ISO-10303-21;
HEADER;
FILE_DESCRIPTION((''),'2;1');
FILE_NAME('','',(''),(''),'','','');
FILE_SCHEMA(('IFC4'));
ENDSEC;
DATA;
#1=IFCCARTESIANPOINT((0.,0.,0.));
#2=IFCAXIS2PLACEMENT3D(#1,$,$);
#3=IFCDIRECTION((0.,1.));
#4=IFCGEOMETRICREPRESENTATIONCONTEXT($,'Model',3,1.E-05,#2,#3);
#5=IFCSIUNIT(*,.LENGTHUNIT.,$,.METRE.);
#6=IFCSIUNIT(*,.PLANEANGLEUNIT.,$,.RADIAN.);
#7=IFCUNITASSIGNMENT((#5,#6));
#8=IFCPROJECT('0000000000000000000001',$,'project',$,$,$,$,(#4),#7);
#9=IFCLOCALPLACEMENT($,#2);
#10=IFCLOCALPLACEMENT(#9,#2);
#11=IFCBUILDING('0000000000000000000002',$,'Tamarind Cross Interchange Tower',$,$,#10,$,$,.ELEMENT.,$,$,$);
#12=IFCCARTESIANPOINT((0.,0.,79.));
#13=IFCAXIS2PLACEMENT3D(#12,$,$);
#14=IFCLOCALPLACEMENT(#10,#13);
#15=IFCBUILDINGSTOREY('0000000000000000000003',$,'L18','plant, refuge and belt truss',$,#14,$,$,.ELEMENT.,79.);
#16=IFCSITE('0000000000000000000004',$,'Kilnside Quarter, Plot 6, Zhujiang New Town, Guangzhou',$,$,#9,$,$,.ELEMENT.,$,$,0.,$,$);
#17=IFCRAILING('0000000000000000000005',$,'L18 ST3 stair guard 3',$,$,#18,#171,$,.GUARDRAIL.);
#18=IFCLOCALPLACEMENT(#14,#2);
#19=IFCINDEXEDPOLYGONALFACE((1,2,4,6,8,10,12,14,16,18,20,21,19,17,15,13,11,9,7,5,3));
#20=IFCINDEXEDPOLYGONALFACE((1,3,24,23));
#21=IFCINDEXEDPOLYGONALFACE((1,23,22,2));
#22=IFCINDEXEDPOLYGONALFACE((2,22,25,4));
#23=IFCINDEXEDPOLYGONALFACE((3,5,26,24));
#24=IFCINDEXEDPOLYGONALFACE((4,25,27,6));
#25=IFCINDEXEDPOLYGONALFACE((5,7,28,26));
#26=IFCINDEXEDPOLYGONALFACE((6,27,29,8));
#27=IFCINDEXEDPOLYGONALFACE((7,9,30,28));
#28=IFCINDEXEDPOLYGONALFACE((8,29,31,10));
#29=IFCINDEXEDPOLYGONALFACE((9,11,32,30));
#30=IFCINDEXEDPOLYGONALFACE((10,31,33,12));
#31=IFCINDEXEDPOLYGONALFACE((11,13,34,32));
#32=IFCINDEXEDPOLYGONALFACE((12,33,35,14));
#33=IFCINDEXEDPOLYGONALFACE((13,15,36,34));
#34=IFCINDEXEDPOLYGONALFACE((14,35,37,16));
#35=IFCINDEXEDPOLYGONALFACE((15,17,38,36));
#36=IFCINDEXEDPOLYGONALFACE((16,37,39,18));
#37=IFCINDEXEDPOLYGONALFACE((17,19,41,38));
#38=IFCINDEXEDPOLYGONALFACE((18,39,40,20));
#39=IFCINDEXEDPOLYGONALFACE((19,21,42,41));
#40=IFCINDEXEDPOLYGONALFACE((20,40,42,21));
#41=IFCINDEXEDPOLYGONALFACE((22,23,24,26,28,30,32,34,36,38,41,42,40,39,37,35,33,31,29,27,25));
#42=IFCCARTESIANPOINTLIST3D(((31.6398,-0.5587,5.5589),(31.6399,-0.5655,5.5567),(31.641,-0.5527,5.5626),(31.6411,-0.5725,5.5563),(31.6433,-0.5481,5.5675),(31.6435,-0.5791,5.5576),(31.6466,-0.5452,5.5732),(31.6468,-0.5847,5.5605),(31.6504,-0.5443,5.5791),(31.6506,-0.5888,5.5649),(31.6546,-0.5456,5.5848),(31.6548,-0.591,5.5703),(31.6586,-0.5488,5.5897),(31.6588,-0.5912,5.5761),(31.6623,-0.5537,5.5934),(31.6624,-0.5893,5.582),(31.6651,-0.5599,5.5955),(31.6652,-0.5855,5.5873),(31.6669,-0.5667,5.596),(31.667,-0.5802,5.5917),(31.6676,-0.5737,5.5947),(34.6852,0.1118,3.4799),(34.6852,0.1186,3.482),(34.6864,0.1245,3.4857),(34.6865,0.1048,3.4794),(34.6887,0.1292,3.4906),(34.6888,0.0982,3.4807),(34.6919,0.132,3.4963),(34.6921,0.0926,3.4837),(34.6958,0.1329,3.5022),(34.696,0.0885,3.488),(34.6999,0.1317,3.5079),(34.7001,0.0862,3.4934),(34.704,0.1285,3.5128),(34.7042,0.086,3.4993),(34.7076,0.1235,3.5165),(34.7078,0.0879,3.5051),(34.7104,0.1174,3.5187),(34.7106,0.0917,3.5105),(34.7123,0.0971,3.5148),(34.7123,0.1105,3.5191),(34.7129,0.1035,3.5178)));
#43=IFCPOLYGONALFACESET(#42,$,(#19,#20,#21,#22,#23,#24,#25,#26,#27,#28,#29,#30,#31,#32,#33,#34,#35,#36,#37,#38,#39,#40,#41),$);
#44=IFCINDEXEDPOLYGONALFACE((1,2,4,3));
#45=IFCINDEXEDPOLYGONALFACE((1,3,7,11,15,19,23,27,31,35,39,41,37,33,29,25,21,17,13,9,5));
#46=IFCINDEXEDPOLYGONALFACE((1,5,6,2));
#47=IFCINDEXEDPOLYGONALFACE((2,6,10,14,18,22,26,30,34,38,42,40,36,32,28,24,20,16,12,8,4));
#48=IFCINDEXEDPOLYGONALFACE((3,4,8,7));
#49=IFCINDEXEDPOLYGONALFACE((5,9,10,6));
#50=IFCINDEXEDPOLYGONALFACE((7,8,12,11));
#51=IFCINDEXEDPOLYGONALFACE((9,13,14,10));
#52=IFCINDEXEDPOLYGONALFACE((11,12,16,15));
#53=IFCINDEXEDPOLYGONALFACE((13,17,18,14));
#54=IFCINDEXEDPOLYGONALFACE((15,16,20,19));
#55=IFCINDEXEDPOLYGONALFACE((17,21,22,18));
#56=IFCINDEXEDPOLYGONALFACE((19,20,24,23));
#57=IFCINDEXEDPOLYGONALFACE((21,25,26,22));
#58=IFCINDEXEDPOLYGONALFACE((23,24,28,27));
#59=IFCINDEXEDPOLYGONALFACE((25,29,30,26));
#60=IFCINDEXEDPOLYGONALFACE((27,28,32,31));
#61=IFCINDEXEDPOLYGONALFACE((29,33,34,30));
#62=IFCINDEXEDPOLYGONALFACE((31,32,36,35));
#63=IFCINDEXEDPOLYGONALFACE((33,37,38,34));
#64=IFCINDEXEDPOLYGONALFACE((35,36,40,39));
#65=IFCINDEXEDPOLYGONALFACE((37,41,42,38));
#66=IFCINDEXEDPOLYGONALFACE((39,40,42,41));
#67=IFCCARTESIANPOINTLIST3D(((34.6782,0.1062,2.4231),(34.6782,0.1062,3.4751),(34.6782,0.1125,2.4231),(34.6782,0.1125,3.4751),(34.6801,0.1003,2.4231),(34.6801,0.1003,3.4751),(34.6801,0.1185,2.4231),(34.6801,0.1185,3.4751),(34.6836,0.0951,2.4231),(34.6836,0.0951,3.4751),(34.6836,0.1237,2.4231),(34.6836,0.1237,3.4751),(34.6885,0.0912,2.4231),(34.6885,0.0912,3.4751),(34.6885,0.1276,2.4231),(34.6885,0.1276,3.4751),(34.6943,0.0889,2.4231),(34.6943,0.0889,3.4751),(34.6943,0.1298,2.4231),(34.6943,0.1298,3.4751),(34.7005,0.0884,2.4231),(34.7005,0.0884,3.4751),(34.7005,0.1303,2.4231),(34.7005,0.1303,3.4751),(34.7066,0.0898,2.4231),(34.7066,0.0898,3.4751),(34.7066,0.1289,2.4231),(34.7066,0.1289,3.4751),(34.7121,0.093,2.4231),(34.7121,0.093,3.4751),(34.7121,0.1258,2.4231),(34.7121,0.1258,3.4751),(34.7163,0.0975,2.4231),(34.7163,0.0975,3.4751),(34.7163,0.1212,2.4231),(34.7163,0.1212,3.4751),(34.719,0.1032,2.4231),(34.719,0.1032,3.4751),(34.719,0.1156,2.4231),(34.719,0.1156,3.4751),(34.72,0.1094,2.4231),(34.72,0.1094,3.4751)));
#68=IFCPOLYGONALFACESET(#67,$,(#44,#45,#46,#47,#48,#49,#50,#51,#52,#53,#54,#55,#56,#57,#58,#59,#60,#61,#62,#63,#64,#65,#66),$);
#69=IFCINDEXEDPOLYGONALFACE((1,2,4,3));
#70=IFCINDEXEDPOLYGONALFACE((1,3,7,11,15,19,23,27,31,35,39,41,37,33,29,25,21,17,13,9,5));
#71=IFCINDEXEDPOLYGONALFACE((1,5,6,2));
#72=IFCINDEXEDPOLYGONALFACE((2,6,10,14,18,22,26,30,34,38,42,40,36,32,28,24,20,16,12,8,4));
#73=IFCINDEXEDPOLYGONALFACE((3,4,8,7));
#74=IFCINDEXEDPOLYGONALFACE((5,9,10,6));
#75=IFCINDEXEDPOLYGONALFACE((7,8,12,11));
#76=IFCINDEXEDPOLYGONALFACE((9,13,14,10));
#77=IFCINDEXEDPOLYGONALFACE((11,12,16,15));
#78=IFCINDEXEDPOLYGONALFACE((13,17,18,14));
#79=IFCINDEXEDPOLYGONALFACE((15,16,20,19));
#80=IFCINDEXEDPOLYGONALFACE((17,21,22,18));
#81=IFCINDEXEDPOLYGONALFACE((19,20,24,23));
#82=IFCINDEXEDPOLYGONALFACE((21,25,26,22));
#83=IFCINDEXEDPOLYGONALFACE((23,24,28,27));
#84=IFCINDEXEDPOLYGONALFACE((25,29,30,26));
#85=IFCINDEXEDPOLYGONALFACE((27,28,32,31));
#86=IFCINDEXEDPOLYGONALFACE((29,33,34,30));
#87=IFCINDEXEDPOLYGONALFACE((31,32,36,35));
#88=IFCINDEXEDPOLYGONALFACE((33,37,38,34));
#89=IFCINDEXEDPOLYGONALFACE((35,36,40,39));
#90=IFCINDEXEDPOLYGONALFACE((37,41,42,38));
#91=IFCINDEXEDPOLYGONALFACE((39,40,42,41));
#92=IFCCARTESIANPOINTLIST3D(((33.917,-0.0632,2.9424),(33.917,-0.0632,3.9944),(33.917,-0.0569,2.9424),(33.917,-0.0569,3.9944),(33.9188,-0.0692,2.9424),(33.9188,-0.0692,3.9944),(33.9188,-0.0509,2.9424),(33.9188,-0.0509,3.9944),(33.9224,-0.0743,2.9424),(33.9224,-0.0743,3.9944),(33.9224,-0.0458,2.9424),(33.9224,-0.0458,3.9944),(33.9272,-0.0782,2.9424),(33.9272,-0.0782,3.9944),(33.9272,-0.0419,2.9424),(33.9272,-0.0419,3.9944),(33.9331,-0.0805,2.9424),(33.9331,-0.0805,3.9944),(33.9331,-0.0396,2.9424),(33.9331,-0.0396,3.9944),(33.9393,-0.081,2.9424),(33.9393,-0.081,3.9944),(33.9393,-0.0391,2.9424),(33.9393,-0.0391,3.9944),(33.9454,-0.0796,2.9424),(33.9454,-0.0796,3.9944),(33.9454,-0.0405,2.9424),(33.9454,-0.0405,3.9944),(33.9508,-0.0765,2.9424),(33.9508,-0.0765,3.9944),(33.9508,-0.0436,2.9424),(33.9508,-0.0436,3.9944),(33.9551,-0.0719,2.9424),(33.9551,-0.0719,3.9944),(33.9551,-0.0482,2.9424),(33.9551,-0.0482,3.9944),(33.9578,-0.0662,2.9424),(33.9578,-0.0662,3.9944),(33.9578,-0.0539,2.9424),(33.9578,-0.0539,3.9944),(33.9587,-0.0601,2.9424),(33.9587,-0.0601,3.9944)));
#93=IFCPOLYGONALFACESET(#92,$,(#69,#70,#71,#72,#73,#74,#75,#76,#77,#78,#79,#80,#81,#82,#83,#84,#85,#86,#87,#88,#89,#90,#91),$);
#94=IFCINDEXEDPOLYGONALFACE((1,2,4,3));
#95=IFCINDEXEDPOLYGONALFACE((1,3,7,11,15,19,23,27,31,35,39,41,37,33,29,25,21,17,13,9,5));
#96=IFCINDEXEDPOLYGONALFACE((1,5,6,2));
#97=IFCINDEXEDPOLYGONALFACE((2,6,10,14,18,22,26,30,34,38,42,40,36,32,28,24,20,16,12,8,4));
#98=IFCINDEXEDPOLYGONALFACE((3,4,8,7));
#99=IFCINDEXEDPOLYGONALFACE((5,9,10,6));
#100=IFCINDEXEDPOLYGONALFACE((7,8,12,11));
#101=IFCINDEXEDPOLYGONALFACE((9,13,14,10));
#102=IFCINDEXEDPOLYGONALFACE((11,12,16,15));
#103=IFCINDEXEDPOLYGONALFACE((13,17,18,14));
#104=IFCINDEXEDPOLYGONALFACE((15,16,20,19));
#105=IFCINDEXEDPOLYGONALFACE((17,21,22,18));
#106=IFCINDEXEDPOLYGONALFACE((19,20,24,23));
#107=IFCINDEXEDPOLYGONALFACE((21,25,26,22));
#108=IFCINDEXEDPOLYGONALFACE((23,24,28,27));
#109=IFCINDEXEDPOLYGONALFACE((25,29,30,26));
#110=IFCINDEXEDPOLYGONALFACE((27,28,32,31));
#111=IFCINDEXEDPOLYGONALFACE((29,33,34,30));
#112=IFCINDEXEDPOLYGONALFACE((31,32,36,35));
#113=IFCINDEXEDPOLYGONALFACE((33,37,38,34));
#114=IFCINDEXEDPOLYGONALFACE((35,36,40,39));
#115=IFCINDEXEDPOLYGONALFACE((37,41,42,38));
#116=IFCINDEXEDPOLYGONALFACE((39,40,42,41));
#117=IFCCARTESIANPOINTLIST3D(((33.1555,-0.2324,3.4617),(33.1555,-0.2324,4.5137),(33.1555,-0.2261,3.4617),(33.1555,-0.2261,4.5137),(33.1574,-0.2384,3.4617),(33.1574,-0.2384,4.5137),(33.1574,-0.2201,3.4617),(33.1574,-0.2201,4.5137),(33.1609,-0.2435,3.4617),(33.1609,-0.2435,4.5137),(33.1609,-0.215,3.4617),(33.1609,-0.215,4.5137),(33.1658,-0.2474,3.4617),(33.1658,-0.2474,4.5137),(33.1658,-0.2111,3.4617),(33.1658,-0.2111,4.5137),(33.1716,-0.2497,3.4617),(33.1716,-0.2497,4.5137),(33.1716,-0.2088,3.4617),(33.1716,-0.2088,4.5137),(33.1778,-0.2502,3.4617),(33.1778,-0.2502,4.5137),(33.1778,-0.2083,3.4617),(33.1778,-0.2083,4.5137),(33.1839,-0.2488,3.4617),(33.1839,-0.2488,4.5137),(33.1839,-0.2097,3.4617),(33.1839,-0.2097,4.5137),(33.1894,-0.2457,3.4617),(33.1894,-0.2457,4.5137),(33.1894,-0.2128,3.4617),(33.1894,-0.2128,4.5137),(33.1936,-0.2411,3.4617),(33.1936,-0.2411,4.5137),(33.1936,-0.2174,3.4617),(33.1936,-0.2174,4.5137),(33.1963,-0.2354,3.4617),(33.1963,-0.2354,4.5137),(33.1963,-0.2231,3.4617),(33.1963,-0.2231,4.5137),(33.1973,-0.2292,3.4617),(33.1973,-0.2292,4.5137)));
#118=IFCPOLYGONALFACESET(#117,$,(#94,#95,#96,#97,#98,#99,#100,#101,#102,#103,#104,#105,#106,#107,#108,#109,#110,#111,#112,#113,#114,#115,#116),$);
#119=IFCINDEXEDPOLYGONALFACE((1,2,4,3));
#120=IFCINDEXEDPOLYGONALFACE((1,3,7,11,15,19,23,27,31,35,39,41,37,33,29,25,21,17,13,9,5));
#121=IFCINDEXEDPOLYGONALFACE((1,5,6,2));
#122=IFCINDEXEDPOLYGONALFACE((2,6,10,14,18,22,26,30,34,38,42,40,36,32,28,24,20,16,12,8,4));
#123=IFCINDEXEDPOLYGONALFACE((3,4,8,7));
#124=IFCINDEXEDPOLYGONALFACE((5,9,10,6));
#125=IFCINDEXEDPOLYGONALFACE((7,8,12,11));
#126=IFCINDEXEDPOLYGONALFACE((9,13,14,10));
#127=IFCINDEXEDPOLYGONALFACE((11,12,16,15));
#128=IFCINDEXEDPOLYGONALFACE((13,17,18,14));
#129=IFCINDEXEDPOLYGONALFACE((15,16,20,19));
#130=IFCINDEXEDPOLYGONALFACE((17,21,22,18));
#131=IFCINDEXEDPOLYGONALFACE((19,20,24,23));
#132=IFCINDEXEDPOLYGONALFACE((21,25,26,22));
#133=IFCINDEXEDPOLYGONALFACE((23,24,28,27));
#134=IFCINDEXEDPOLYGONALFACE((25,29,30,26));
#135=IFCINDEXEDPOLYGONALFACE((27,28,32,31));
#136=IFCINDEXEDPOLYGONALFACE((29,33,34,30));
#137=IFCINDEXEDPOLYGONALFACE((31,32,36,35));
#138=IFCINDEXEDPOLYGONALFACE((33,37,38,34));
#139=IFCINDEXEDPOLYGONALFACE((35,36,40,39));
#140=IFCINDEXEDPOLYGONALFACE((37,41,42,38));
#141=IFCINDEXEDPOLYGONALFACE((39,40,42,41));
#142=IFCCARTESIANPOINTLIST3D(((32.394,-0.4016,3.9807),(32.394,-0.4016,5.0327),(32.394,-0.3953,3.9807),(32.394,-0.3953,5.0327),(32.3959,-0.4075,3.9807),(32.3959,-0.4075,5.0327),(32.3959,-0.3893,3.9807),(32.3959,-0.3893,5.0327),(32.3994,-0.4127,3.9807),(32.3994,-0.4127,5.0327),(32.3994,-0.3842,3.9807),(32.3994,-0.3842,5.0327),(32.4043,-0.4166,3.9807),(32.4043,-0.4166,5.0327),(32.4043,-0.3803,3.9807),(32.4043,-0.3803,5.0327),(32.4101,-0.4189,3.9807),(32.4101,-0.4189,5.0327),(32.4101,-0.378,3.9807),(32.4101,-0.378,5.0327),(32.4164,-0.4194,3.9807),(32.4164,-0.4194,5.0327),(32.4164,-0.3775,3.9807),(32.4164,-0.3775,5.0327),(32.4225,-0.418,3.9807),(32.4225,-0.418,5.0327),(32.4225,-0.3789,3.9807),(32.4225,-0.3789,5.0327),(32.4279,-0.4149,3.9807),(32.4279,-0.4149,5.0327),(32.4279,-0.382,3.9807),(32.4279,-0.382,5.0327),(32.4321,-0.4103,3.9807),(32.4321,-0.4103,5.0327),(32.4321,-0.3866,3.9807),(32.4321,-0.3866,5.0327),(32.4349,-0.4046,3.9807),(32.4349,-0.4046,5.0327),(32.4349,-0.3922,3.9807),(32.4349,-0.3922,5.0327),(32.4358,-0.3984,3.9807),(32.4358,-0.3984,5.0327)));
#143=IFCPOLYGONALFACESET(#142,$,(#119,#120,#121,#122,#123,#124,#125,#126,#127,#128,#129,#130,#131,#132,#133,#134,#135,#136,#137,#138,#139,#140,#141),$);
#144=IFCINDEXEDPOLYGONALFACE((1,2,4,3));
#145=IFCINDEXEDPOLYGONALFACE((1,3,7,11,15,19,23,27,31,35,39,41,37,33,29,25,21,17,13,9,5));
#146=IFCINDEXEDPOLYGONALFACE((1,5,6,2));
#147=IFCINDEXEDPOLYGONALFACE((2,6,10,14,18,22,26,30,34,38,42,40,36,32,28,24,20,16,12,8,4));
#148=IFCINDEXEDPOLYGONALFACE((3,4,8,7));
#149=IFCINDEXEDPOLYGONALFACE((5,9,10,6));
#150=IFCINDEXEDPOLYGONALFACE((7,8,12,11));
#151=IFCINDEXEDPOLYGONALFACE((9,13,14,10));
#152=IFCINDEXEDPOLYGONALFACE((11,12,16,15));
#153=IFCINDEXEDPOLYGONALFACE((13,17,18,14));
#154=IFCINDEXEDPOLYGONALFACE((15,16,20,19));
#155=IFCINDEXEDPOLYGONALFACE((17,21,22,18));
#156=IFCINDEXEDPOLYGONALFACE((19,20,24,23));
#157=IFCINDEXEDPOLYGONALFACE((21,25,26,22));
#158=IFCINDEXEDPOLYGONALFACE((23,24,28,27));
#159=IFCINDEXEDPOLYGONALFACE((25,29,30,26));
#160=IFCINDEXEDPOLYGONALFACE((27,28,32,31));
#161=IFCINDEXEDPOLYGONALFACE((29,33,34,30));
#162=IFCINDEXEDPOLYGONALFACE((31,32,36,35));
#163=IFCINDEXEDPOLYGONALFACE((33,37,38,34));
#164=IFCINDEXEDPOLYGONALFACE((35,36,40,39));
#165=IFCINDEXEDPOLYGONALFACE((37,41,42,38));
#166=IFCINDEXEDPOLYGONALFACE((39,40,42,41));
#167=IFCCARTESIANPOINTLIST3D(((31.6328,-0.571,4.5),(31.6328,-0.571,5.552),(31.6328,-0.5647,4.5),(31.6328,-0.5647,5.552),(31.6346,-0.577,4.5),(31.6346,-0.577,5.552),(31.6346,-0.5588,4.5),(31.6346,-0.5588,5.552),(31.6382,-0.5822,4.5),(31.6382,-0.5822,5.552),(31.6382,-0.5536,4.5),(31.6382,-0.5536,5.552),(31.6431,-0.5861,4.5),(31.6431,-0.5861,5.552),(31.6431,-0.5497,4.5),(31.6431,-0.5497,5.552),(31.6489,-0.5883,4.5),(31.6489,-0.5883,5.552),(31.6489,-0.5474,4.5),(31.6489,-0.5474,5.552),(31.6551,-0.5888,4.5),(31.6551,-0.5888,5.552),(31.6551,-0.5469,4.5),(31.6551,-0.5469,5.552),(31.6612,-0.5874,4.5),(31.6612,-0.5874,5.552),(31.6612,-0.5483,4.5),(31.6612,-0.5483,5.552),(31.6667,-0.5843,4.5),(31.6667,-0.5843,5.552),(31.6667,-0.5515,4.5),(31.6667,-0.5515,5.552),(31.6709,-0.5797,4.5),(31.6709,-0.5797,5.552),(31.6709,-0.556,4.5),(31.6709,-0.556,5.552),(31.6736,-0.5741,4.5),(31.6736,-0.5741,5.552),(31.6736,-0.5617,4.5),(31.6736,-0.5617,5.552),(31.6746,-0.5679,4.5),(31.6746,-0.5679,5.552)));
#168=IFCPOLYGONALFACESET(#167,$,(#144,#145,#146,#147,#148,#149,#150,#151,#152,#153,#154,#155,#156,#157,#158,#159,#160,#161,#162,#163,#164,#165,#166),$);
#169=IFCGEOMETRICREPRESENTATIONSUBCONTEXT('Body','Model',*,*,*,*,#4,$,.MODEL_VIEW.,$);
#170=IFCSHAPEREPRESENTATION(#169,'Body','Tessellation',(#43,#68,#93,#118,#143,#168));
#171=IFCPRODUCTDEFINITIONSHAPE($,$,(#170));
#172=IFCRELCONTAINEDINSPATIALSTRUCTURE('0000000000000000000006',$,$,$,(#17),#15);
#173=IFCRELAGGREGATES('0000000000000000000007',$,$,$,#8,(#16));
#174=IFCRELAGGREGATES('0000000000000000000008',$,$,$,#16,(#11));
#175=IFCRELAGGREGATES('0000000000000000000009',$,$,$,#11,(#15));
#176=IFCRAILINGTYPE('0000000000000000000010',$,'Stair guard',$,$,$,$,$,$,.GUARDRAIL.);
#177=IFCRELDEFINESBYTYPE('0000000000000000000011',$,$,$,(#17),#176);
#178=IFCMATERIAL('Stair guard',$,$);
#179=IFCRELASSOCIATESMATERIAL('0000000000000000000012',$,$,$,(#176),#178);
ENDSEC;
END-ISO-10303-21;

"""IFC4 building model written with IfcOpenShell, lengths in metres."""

from ifc_helpers import new_model, si_unit, direction, frame, origin, origin_2d, place, context, subcontext, project, spatial, circle, extrude, material, type_object, element, save


model = new_model("IFC4")

# Units and contexts
model_context = context("Model", 3, precision=1e-05, world=origin(), true_north=direction((0.0, 1.0)))
body_context = subcontext(model_context, "Body", "Model", "MODEL_VIEW")
ifc_project = project(units=[si_unit("LENGTHUNIT", "METRE"), si_unit("PLANEANGLEUNIT", "RADIAN")], contexts=[model_context])

# Site, building, storey
site_placement = place(None, origin())
site = spatial("IfcSite", under=ifc_project, at=site_placement, Name="Kilnside Quarter, Plot 6, Zhujiang New Town, Guangzhou", CompositionType="ELEMENT", RefElevation=0.0)
building_placement = place(site_placement, origin())
building = spatial("IfcBuilding", under=site, at=building_placement, Name="Tamarind Cross Interchange Tower", CompositionType="ELEMENT")
storey_placement = place(building_placement, frame((0.0, 0.0, 79.0)))
storey = spatial("IfcBuildingStorey", under=building, at=storey_placement, Name="L18", Description="plant, refuge and belt truss", CompositionType="ELEMENT", Elevation=79.0)

# Railing
ifc_material_1 = material(Name="Stair guard")
railing_type_1 = type_object("IfcRailingType", Name="Stair guard", PredefinedType="GUARDRAIL", material=ifc_material_1)
railing_1_placement = place(storey_placement, frame((34.699, 0.1094, 2.4231)))
element("IfcRailing", 1, at=railing_1_placement, inside=storey, type_object=railing_type_1, Name="L18 ST3 stair guard 3", PredefinedType="GUARDRAIL", context=body_context, shape_type="SweptSolid", body=[
    extrude(circle(Radius=0.0239, at=origin_2d()), frame((0.0, 0.0, 1.0762), z_axis=(-0.812566, -0.1807, 0.554152), x_axis=(0.21708, -0.976154, 0.0)), (0.0, 0.0, 1.0), 3.7478),
    extrude(circle(Radius=0.021, at=origin_2d()), origin(), (0.0, 0.0, 1.0), 1.052),
    extrude(circle(Radius=0.021, at=origin_2d()), frame((-0.7612, -0.1694, 0.5193)), (0.0, 0.0, 1.0), 1.052),
    extrude(circle(Radius=0.021, at=origin_2d()), frame((-1.5227, -0.3386, 1.0386)), (0.0, 0.0, 1.0), 1.052),
    extrude(circle(Radius=0.021, at=origin_2d()), frame((-2.2842, -0.5078, 1.5576)), (0.0, 0.0, 1.0), 1.052),
    extrude(circle(Radius=0.021, at=origin_2d()), frame((-3.0454, -0.6772, 2.0769)), (0.0, 0.0, 1.0), 1.052),
])

save(model, "model.ifc")
